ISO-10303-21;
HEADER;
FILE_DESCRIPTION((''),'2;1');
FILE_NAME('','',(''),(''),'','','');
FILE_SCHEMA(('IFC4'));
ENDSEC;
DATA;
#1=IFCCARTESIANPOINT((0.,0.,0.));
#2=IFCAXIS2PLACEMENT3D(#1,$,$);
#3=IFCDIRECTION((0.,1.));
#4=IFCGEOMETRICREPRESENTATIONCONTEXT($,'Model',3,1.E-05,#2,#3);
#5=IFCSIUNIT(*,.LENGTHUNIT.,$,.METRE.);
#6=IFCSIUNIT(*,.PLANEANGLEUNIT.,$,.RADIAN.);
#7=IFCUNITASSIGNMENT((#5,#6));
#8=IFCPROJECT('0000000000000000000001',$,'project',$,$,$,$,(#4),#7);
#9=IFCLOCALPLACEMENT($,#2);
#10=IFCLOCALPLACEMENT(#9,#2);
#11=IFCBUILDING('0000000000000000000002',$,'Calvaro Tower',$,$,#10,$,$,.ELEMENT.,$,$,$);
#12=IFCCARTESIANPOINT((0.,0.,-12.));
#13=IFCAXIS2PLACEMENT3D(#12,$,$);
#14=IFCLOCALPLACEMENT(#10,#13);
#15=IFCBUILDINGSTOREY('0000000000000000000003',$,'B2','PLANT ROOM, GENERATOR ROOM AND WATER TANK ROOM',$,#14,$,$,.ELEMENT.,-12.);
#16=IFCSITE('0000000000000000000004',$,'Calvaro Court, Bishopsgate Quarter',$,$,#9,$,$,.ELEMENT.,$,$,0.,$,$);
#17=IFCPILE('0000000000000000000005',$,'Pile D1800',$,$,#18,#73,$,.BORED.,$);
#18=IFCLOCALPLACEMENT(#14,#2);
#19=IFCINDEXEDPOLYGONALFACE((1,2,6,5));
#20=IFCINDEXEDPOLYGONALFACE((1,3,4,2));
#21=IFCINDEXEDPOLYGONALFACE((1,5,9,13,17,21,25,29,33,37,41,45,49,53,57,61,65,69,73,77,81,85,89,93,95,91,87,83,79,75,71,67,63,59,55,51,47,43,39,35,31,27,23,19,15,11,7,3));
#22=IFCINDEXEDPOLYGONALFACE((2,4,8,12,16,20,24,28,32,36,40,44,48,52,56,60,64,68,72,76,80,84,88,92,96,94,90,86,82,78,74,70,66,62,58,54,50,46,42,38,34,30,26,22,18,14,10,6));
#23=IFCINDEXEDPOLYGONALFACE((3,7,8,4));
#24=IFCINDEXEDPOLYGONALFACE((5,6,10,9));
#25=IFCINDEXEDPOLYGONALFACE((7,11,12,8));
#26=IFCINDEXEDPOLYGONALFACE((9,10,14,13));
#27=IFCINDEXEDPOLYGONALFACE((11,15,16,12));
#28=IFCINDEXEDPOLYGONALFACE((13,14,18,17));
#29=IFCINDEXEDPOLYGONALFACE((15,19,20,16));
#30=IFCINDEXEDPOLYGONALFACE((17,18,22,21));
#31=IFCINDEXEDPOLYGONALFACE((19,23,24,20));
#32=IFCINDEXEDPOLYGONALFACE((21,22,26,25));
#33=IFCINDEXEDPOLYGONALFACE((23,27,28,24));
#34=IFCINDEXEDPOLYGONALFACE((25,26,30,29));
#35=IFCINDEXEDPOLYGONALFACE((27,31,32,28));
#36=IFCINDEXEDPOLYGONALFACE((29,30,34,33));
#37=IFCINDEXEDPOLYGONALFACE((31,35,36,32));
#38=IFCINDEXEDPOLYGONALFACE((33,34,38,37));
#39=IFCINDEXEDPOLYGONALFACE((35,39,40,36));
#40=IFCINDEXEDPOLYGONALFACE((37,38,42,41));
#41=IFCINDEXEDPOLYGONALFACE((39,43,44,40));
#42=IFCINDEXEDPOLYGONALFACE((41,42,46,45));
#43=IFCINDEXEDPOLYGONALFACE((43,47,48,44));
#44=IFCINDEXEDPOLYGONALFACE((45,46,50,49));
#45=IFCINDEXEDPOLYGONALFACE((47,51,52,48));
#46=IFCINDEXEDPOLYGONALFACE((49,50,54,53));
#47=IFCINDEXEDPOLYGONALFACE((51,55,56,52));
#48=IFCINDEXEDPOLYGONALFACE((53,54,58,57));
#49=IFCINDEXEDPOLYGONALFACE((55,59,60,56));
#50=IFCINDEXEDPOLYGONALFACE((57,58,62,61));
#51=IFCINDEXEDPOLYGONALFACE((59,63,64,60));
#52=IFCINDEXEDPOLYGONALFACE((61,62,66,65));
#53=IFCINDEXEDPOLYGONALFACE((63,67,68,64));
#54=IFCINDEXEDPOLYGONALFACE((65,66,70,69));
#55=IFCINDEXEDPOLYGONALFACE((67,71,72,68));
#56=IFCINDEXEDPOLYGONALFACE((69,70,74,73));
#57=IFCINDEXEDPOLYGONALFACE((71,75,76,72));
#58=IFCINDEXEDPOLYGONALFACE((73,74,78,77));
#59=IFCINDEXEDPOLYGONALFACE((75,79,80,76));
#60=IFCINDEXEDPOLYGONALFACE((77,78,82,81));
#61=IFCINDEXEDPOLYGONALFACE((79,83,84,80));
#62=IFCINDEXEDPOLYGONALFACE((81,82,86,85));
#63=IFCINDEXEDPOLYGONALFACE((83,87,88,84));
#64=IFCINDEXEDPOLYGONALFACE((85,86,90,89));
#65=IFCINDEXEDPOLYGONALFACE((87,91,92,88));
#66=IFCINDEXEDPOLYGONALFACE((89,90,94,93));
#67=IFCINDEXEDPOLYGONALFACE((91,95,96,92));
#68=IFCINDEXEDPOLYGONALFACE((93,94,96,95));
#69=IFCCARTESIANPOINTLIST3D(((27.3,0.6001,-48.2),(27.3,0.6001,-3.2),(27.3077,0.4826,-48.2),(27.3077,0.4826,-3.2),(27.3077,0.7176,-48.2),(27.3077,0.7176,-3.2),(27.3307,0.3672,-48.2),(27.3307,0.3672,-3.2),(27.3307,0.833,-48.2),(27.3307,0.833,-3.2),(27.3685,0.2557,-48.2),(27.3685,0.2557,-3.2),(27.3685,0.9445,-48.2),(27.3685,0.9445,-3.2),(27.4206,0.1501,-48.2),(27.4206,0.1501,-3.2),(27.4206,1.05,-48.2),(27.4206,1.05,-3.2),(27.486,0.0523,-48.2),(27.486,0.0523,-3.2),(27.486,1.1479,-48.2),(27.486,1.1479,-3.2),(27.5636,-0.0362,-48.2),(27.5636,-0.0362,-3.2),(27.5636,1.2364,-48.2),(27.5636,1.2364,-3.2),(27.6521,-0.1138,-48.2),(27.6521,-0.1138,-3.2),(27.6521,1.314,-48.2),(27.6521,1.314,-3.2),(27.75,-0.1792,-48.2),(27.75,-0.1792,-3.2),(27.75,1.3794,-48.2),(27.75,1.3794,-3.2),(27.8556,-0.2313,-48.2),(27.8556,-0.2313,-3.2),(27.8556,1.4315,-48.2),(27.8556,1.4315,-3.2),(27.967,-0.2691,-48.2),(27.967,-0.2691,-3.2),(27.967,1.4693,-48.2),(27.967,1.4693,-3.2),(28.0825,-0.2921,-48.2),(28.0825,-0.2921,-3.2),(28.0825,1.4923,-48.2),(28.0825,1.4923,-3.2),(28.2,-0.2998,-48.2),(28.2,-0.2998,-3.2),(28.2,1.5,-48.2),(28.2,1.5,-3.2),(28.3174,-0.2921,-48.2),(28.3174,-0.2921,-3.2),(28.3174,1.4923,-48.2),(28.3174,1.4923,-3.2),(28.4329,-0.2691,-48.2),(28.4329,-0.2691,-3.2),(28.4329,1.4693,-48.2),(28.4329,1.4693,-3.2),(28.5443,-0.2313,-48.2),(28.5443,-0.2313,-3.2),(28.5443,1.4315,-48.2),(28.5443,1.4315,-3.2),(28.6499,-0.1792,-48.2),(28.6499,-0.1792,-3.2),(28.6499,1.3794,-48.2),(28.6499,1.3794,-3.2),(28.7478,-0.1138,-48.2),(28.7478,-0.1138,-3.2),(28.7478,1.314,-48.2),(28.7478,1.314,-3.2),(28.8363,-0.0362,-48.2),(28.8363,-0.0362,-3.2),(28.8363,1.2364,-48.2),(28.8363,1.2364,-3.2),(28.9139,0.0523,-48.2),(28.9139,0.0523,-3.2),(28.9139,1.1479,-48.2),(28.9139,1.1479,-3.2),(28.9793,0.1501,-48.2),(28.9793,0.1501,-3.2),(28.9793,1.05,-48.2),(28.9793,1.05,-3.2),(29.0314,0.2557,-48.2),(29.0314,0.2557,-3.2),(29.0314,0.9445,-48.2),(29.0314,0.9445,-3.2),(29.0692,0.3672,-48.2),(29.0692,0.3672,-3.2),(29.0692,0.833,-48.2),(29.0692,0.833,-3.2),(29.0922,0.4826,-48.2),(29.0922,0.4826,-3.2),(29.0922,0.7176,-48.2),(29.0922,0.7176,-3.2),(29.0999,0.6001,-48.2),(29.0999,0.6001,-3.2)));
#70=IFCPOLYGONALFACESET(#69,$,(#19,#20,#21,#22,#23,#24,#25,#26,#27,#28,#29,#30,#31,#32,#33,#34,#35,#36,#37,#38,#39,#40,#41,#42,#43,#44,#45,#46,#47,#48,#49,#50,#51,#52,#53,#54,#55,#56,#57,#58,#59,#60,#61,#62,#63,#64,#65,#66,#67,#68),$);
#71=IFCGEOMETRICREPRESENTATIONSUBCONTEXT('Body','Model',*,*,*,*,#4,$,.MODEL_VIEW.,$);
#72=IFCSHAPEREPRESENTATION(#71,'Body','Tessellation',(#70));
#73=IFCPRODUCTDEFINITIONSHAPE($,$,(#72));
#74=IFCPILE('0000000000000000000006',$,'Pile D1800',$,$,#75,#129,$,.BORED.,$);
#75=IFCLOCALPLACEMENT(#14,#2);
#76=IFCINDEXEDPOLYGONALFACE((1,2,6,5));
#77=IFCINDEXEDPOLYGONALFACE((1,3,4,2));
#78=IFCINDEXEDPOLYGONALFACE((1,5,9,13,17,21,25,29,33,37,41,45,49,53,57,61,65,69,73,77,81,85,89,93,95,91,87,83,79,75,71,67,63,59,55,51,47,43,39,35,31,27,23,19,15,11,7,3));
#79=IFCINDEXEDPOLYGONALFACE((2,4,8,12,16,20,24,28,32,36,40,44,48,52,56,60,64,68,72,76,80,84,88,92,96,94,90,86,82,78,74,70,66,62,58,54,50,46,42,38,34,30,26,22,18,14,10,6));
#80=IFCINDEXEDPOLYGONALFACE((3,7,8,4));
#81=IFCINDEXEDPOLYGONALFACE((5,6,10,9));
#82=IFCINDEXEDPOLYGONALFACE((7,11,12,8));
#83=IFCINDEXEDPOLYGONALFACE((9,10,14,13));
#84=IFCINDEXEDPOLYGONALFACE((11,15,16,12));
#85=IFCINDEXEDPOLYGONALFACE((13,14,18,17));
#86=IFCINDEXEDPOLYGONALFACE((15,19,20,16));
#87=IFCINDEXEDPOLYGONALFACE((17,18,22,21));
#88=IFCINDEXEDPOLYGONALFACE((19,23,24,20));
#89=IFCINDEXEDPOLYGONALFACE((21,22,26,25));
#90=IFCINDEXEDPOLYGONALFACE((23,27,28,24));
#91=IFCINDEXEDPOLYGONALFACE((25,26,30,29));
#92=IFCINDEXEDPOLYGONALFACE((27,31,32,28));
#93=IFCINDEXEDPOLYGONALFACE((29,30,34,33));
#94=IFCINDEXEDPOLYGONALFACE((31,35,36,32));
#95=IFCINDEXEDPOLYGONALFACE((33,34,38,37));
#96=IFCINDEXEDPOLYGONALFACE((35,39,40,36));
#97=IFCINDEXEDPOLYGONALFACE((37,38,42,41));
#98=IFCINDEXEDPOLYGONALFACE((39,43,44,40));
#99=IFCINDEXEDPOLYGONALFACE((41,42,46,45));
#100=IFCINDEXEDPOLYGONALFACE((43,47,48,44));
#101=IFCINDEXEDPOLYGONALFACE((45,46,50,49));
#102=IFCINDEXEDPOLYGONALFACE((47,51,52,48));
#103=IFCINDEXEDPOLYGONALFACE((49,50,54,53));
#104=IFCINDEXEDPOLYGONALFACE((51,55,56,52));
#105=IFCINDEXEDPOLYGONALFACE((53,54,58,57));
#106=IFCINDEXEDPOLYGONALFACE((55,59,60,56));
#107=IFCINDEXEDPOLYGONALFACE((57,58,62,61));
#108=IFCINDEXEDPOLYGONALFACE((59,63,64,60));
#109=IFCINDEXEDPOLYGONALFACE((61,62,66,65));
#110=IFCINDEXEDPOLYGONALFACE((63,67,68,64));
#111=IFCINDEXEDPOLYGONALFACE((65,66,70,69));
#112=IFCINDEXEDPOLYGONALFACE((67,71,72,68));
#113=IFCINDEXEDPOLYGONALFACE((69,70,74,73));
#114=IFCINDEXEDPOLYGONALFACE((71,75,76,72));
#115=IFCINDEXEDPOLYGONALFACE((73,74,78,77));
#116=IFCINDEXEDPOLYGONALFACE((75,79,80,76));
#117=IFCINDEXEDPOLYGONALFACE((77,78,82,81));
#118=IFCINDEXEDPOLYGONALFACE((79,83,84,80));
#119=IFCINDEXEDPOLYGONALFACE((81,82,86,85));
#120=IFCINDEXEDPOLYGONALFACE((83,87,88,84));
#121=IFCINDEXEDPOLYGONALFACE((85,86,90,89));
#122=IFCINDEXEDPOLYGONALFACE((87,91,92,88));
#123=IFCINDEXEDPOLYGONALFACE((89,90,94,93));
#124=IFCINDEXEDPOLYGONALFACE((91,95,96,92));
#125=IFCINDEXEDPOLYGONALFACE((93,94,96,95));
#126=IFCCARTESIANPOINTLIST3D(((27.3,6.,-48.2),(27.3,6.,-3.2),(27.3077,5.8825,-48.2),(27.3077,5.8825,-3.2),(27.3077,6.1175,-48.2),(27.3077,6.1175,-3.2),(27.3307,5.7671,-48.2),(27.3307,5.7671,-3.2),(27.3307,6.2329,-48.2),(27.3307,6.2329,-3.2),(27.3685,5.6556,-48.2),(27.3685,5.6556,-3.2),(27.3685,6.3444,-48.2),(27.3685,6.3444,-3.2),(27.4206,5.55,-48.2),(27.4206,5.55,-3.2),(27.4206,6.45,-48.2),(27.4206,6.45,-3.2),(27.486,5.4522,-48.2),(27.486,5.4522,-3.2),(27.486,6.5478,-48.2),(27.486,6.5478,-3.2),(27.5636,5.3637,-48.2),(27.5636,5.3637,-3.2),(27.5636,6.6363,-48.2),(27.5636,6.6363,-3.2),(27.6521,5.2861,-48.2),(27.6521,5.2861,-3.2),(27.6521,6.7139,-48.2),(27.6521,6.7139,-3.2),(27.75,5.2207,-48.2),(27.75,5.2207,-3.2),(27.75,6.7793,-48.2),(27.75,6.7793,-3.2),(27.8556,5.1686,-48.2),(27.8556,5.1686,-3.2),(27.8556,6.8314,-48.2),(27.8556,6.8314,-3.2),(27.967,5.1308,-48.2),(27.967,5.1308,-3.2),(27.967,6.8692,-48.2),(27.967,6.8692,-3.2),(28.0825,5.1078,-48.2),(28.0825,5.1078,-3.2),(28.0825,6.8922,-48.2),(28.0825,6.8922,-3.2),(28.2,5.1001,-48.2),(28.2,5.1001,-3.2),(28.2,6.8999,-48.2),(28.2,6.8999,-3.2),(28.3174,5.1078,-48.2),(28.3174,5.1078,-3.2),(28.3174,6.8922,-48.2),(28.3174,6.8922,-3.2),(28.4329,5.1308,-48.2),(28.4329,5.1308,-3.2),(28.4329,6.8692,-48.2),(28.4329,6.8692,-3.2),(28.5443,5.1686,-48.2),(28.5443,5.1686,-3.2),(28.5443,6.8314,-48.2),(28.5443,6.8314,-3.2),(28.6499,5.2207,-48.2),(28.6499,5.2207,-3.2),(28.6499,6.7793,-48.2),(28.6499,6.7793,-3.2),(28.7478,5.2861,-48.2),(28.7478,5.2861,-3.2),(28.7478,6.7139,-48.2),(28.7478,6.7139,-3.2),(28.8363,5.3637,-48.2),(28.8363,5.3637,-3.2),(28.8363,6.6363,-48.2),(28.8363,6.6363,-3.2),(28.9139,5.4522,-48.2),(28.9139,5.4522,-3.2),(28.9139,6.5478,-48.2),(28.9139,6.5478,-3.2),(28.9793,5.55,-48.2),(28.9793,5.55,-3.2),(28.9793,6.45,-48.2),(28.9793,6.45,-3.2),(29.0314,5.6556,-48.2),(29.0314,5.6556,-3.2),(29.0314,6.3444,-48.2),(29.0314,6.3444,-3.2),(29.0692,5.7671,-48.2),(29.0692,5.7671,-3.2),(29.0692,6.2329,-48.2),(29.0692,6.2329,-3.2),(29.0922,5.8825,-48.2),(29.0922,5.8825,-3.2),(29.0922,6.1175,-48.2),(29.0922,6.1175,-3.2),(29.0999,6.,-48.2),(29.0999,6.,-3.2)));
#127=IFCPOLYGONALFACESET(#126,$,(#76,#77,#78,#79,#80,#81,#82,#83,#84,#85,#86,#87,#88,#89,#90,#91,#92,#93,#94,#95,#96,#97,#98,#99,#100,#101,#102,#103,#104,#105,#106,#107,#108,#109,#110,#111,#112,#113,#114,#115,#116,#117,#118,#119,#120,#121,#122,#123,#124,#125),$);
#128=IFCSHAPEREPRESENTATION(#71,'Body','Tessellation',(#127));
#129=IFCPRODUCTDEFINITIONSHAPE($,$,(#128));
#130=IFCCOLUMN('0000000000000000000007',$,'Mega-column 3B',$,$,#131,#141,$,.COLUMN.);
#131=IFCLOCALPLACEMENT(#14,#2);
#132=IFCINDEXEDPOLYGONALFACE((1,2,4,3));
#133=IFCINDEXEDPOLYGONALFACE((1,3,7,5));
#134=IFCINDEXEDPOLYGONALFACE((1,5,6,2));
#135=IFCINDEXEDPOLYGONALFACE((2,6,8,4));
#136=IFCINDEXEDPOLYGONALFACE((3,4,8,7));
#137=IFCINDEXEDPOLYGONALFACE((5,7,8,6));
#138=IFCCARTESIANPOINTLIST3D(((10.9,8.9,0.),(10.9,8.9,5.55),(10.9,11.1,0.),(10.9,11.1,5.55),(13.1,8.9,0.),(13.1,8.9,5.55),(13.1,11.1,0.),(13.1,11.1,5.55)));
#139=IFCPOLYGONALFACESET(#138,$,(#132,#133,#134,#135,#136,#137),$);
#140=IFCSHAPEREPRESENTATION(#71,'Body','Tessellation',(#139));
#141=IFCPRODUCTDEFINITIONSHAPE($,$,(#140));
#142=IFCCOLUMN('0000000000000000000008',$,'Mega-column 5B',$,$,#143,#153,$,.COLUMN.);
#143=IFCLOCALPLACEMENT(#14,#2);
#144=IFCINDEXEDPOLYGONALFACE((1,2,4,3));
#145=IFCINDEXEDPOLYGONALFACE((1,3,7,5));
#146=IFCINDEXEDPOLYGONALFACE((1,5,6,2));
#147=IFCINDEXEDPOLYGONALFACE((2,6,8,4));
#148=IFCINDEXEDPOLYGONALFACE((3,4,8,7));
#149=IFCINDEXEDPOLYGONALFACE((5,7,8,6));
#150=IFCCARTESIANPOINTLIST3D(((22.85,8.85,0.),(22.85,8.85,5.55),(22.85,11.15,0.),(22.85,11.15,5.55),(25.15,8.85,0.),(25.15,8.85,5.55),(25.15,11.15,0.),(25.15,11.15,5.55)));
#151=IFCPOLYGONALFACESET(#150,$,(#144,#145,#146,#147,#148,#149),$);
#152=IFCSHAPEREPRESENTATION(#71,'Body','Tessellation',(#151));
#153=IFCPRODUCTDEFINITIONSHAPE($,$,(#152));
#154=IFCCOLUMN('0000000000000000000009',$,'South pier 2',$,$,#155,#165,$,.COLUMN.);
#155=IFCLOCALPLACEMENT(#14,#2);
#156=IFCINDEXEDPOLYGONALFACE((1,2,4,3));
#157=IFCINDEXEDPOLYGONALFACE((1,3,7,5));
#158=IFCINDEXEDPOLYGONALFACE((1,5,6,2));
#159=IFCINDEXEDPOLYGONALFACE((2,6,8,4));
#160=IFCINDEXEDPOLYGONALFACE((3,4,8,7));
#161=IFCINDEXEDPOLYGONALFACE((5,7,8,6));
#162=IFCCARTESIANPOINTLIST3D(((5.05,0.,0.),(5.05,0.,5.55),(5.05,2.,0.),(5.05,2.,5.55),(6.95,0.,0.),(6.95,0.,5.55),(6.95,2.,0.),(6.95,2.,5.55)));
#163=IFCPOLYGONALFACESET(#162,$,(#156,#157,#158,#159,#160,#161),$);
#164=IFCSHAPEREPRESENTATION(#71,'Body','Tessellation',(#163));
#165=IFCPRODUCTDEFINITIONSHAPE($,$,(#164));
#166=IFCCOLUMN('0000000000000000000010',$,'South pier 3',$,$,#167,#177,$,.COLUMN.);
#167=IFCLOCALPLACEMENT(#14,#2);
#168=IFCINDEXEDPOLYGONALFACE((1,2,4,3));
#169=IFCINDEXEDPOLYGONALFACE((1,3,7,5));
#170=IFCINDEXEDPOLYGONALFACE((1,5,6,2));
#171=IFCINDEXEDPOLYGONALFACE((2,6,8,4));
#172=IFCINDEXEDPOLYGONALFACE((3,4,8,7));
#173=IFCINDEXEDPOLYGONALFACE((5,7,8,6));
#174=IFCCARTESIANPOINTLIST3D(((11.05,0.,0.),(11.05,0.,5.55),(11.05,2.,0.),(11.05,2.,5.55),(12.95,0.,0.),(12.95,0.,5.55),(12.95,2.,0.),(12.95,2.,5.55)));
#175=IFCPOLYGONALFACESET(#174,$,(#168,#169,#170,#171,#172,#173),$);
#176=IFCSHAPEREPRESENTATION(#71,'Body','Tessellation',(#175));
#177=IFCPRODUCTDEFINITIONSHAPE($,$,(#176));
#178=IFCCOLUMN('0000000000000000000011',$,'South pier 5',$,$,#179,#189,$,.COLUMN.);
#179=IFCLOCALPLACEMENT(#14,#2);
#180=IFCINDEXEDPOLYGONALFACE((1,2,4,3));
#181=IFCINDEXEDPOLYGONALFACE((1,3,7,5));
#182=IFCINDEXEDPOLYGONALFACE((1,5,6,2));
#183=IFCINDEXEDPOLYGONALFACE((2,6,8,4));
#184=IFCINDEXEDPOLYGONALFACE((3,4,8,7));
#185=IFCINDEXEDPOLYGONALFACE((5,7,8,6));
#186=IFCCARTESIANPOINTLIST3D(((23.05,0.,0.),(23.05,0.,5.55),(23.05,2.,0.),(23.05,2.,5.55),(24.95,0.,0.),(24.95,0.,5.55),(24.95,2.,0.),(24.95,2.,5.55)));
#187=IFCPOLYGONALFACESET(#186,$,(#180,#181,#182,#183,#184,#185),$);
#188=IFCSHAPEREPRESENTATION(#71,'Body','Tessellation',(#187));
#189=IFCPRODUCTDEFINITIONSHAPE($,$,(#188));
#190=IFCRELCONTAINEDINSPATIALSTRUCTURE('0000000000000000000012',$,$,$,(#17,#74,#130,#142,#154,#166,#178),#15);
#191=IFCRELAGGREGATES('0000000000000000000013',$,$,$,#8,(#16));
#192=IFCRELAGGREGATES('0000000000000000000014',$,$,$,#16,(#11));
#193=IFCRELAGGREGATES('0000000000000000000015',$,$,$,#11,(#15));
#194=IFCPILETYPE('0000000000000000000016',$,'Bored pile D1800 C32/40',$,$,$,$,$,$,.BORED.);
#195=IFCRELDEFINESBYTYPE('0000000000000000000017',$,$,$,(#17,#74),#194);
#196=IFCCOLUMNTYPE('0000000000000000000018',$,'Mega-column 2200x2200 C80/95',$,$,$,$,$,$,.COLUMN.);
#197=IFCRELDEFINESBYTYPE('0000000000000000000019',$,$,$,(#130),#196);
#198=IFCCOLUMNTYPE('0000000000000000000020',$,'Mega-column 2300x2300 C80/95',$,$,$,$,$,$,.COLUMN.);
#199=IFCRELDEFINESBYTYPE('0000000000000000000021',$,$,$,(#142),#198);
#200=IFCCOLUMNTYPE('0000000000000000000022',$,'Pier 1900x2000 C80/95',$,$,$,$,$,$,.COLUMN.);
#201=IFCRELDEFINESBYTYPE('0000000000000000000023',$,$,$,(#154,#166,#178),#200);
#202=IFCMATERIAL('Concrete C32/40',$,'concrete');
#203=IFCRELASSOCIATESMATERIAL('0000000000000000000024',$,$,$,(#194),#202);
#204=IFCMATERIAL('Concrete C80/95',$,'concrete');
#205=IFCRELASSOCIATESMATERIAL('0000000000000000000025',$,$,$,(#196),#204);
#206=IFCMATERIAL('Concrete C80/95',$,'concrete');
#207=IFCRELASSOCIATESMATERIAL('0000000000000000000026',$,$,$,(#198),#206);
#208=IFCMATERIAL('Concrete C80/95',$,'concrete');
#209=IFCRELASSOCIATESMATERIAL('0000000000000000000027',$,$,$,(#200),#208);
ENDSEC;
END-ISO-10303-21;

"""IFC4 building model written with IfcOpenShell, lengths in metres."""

from ifc_helpers import new_model, si_unit, direction, frame, origin, origin_2d, place, context, subcontext, project, spatial, rectangle, circle, extrude, material, material_profile, profile_set, type_object, element, save


model = new_model("IFC4")

# Units and contexts
model_context = context("Model", 3, precision=1e-05, world=origin(), true_north=direction((0.0, 1.0)))
body_context = subcontext(model_context, "Body", "Model", "MODEL_VIEW")
ifc_project = project(units=[si_unit("LENGTHUNIT", "METRE"), si_unit("PLANEANGLEUNIT", "RADIAN")], contexts=[model_context])

# Site, building, storey
site_placement = place(None, origin())
site = spatial("IfcSite", under=ifc_project, at=site_placement, Name="Calvaro Court, Bishopsgate Quarter", CompositionType="ELEMENT", RefElevation=0.0)
building_placement = place(site_placement, origin())
building = spatial("IfcBuilding", under=site, at=building_placement, Name="Calvaro Tower", CompositionType="ELEMENT")
storey_placement = place(building_placement, frame((0.0, 0.0, -12.0)))
storey = spatial("IfcBuildingStorey", under=building, at=storey_placement, Name="B2", Description="PLANT ROOM, GENERATOR ROOM AND WATER TANK ROOM", CompositionType="ELEMENT", Elevation=-12.0)

# Piles
ifc_material_1 = material(Name="Concrete C32/40", Category="concrete")
ifc_material_profile_1 = material_profile(ifc_material_1, circle(Radius=0.8999, at=origin_2d()), Name="Bored pile D1800")
ifc_profile_set_1 = profile_set([ifc_material_profile_1], Name="Concrete C32/40")
pile_type = type_object("IfcPileType", Name="Bored pile D1800 C32/40", PredefinedType="BORED", material=ifc_profile_set_1)
for number, where, z_axis, x_axis, name in (
    (1, (28.2, 0.6001, -3.2), (0.0, 0.0, -1.0), (1.0, 0.0, 0.0), "Pile D1800"),
    (2, (28.2, 6.0, -3.2), (0.0, 0.0, -1.0), (1.0, 0.0, 0.0), "Pile D1800"),
):
    element("IfcPile", number, at=place(storey_placement, frame(where, z_axis=z_axis, x_axis=x_axis)), inside=storey, type_object=pile_type, Name=name, PredefinedType="BORED", context=body_context, shape_type="SweptSolid", body=[
        extrude(circle(Radius=0.8999, at=origin_2d()), origin(), (0.0, 0.0, 1.0), 45.0),
    ])

# Columns
ifc_material_2 = material(Name="Concrete C80/95", Category="concrete")
ifc_material_profile_2 = material_profile(ifc_material_2, rectangle(XDim=2.2, YDim=2.2, at=origin_2d()), Name="RC 2200x2200")
ifc_profile_set_2 = profile_set([ifc_material_profile_2], Name="Concrete C80/95")
column_type_1 = type_object("IfcColumnType", Name="Mega-column 2200x2200 C80/95", PredefinedType="COLUMN", material=ifc_profile_set_2)
column_1_placement = place(storey_placement, frame((12.0, 10.0, 0.0), z_axis=(0.0, 0.0, 1.0), x_axis=(1.0, 0.0, 0.0)))
element("IfcColumn", 3, at=column_1_placement, inside=storey, type_object=column_type_1, Name="Mega-column 3B", PredefinedType="COLUMN", context=body_context, shape_type="SweptSolid", body=[
    extrude(rectangle(XDim=2.2, YDim=2.2, at=origin_2d()), origin(), (0.0, 0.0, 1.0), 5.55),
])
ifc_material_3 = material(Name="Concrete C80/95", Category="concrete")
ifc_material_profile_3 = material_profile(ifc_material_3, rectangle(XDim=2.3, YDim=2.3, at=origin_2d()), Name="RC 2300x2300")
ifc_profile_set_3 = profile_set([ifc_material_profile_3], Name="Concrete C80/95")
column_type_2 = type_object("IfcColumnType", Name="Mega-column 2300x2300 C80/95", PredefinedType="COLUMN", material=ifc_profile_set_3)
column_2_placement = place(storey_placement, frame((24.0, 10.0, 0.0), z_axis=(0.0, 0.0, 1.0), x_axis=(1.0, 0.0, 0.0)))
element("IfcColumn", 4, at=column_2_placement, inside=storey, type_object=column_type_2, Name="Mega-column 5B", PredefinedType="COLUMN", context=body_context, shape_type="SweptSolid", body=[
    extrude(rectangle(XDim=2.3, YDim=2.3, at=origin_2d()), origin(), (0.0, 0.0, 1.0), 5.55),
])
ifc_material_4 = material(Name="Concrete C80/95", Category="concrete")
ifc_material_profile_4 = material_profile(ifc_material_4, rectangle(XDim=1.8999, YDim=2.0, at=origin_2d()), Name="RC 1900x2000")
ifc_profile_set_4 = profile_set([ifc_material_profile_4], Name="Concrete C80/95")
column_type_3 = type_object("IfcColumnType", Name="Pier 1900x2000 C80/95", PredefinedType="COLUMN", material=ifc_profile_set_4)
for number, where, z_axis, x_axis, name in (
    (5, (6.0, 1.0, 0.0), (0.0, 0.0, 1.0), (1.0, 0.0, 0.0), "South pier 2"),
    (6, (12.0, 1.0, 0.0), (0.0, 0.0, 1.0), (1.0, 0.0, 0.0), "South pier 3"),
    (7, (24.0, 1.0, 0.0), (0.0, 0.0, 1.0), (1.0, 0.0, 0.0), "South pier 5"),
):
    element("IfcColumn", number, at=place(storey_placement, frame(where, z_axis=z_axis, x_axis=x_axis)), inside=storey, type_object=column_type_3, Name=name, PredefinedType="COLUMN", context=body_context, shape_type="SweptSolid", body=[
        extrude(rectangle(XDim=1.8999, YDim=2.0, at=origin_2d()), origin(), (0.0, 0.0, 1.0), 5.55),
    ])

save(model, "model.ifc")
